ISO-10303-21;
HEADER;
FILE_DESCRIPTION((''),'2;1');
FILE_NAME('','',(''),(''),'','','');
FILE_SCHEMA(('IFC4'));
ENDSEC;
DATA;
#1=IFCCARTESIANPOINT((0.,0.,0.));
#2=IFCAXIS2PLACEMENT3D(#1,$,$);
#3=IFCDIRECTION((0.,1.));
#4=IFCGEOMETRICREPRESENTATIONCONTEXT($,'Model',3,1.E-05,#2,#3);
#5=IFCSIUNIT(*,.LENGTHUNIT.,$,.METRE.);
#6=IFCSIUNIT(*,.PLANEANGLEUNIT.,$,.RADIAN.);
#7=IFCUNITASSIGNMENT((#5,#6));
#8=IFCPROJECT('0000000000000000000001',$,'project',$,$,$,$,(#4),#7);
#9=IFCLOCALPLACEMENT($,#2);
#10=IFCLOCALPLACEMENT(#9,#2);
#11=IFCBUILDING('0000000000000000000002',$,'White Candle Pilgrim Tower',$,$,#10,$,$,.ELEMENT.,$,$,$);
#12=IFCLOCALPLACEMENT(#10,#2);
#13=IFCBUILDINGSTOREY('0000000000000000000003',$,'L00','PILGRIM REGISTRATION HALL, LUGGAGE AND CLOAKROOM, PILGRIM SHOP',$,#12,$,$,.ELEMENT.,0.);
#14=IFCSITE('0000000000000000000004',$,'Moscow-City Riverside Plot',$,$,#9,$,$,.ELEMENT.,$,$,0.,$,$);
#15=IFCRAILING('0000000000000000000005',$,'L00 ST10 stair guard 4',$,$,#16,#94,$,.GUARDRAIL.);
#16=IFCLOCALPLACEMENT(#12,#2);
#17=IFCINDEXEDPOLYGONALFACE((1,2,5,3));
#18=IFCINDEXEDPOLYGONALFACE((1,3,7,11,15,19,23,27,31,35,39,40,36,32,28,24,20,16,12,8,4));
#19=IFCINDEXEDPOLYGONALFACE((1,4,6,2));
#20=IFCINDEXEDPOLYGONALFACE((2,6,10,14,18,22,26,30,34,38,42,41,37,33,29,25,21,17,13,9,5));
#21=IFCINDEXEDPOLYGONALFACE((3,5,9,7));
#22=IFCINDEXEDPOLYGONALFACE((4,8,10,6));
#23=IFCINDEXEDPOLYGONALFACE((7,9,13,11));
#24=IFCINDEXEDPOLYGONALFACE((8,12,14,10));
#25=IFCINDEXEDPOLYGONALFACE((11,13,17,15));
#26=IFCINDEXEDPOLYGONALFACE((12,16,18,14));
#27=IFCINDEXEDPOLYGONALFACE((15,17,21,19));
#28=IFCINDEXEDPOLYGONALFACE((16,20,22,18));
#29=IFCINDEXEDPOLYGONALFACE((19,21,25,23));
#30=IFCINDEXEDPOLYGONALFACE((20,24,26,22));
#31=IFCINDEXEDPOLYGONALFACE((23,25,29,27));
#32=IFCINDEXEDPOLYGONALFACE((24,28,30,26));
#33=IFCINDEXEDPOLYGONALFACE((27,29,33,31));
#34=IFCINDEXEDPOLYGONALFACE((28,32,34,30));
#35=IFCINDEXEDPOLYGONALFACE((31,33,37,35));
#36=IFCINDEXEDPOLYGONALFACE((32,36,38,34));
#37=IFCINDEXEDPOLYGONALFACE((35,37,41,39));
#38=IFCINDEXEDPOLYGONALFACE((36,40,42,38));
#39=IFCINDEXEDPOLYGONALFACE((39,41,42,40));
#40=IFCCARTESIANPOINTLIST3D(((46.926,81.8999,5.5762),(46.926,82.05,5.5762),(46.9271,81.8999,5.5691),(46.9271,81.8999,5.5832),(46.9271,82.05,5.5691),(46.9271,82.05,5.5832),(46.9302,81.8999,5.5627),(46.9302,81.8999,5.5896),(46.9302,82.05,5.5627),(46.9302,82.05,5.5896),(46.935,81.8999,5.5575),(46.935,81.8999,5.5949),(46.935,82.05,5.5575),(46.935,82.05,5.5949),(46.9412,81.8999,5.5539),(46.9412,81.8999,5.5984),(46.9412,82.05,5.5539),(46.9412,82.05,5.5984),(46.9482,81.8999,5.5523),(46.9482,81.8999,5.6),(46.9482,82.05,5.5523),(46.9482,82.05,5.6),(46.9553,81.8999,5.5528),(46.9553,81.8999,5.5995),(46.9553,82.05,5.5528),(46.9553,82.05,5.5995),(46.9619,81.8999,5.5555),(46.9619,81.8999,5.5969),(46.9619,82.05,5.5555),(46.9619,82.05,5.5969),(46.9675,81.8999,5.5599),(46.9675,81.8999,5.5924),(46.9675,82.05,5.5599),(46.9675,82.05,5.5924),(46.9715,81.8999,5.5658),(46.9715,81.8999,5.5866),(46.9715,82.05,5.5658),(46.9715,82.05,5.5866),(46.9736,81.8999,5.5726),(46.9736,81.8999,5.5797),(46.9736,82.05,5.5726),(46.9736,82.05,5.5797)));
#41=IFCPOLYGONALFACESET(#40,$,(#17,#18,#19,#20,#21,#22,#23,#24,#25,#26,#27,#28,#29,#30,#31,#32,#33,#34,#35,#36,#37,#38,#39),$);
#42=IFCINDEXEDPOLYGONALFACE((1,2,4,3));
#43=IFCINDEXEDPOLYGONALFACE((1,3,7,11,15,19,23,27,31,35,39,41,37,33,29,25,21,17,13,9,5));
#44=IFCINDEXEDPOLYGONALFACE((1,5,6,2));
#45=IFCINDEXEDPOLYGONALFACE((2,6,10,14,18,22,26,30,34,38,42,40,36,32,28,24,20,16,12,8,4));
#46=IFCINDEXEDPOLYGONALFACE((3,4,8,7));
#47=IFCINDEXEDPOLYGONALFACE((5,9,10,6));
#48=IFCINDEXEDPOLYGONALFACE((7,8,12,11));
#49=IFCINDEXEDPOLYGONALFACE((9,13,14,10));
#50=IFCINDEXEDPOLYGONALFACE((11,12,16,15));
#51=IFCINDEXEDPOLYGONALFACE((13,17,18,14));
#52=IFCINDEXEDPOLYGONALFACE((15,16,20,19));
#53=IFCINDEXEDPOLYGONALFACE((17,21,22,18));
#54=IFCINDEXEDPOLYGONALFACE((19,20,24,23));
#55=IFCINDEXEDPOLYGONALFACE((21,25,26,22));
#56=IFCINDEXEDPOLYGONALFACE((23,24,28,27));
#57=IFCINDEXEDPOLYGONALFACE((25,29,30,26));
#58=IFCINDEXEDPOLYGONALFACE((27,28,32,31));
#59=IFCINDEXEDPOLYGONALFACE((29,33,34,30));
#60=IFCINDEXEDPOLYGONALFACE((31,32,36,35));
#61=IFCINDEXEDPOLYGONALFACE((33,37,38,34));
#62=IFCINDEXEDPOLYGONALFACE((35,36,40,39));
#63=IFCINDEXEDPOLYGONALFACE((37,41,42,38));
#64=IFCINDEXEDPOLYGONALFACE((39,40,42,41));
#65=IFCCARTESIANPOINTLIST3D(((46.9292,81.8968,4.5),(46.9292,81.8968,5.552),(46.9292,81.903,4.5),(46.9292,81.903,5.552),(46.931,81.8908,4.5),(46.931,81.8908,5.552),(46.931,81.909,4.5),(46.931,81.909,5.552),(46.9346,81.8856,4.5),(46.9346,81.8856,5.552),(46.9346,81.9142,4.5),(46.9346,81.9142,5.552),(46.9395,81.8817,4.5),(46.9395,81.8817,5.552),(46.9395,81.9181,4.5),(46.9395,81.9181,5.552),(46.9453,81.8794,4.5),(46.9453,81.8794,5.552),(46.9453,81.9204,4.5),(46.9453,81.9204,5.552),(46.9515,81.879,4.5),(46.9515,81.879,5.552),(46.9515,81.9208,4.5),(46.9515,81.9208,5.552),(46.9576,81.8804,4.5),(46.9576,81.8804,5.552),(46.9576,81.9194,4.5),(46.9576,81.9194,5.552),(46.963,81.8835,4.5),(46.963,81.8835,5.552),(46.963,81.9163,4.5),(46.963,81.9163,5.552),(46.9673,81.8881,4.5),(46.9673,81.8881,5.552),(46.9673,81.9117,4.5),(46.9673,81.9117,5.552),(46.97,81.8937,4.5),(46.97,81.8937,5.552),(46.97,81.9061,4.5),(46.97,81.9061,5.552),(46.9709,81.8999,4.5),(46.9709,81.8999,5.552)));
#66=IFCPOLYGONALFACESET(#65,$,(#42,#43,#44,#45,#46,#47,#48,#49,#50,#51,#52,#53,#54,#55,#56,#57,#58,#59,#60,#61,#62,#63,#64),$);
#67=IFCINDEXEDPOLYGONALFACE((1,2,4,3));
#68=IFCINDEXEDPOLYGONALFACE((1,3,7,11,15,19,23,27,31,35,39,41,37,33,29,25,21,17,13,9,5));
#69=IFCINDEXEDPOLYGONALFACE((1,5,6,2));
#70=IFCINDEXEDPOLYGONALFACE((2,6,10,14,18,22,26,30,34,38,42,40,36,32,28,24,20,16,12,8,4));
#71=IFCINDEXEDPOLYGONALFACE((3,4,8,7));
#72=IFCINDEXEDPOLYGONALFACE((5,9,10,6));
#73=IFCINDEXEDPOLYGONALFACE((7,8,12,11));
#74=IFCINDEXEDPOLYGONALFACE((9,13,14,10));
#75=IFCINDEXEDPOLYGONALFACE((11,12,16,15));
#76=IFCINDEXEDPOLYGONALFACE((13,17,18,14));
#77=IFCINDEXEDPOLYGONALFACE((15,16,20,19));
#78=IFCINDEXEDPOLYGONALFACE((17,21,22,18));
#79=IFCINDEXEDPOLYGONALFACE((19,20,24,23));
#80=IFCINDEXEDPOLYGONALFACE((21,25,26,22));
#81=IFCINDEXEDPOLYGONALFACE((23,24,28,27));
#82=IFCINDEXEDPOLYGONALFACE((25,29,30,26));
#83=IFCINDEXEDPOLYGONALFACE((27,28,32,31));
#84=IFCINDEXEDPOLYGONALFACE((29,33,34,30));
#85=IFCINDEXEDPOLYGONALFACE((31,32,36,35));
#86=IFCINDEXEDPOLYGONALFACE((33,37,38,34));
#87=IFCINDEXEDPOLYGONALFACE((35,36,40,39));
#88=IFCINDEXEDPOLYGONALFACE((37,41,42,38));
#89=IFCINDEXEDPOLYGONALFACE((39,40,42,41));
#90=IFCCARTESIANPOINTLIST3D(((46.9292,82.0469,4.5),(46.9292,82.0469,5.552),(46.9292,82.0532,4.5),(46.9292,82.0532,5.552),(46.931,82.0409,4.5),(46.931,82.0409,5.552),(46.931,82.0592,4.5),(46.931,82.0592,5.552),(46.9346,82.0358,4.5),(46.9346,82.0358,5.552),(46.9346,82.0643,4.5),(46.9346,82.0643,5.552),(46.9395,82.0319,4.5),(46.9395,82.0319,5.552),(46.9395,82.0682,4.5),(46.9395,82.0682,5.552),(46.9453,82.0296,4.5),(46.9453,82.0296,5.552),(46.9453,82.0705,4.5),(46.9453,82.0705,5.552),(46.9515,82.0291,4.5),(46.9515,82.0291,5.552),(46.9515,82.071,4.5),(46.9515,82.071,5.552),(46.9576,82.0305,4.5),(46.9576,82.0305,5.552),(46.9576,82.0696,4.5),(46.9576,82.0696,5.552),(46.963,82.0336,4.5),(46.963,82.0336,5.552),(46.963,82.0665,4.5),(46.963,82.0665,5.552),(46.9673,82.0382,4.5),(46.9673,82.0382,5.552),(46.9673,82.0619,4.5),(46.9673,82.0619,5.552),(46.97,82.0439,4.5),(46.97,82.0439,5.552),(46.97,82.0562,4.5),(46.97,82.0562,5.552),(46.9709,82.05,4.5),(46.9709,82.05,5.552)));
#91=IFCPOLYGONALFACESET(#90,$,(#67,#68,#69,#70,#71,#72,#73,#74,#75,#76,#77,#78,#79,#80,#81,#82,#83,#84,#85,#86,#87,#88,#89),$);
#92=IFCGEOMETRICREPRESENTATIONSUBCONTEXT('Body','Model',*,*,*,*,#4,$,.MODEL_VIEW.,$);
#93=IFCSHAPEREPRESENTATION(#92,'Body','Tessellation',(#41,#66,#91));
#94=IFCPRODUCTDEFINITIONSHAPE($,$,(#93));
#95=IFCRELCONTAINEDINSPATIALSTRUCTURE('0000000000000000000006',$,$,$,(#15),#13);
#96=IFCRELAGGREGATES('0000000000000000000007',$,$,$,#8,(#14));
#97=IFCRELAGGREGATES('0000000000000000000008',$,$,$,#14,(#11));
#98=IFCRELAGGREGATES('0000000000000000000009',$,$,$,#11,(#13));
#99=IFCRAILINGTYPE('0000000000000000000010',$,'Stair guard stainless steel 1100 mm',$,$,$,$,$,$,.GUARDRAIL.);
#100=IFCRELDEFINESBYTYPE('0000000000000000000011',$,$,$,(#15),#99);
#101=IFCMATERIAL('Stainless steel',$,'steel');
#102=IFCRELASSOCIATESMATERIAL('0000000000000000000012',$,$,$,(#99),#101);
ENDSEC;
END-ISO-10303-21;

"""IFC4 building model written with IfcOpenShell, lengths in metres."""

from ifc_helpers import new_model, si_unit, direction, frame, origin, origin_2d, place, context, subcontext, project, spatial, circle, extrude, material, type_object, element, save


model = new_model("IFC4")

# Units and contexts
model_context = context("Model", 3, precision=1e-05, world=origin(), true_north=direction((0.0, 1.0)))
body_context = subcontext(model_context, "Body", "Model", "MODEL_VIEW")
ifc_project = project(units=[si_unit("LENGTHUNIT", "METRE"), si_unit("PLANEANGLEUNIT", "RADIAN")], contexts=[model_context])

# Site, building, storey
site_placement = place(None, origin())
site = spatial("IfcSite", under=ifc_project, at=site_placement, Name="Moscow-City Riverside Plot", CompositionType="ELEMENT", RefElevation=0.0)
building_placement = place(site_placement, origin())
building = spatial("IfcBuilding", under=site, at=building_placement, Name="White Candle Pilgrim Tower", CompositionType="ELEMENT")
storey_placement = place(building_placement, origin())
storey = spatial("IfcBuildingStorey", under=building, at=storey_placement, Name="L00", Description="PILGRIM REGISTRATION HALL, LUGGAGE AND CLOAKROOM, PILGRIM SHOP", CompositionType="ELEMENT", Elevation=0.0)

# Railing
ifc_material_1 = material(Name="Stainless steel", Category="steel")
railing_type_1 = type_object("IfcRailingType", Name="Stair guard stainless steel 1100 mm", PredefinedType="GUARDRAIL", material=ifc_material_1)
railing_1_placement = place(storey_placement, frame((46.95, 81.8999, 4.5)))
element("IfcRailing", 1, at=railing_1_placement, inside=storey, type_object=railing_type_1, Name="L00 ST10 stair guard 4", PredefinedType="GUARDRAIL", context=body_context, shape_type="SweptSolid", body=[
    extrude(circle(Radius=0.0239, at=origin_2d()), frame((0.0, 0.0, 1.0762), z_axis=(0.0, 1.0, 0.0), x_axis=(-1.0, 0.0, 0.0)), (0.0, 0.0, 1.0), 0.1501),
    extrude(circle(Radius=0.021, at=origin_2d()), origin(), (0.0, 0.0, 1.0), 1.052),
    extrude(circle(Radius=0.021, at=origin_2d()), frame((0.0, 0.1501, 0.0)), (0.0, 0.0, 1.0), 1.052),
])

save(model, "model.ifc")
